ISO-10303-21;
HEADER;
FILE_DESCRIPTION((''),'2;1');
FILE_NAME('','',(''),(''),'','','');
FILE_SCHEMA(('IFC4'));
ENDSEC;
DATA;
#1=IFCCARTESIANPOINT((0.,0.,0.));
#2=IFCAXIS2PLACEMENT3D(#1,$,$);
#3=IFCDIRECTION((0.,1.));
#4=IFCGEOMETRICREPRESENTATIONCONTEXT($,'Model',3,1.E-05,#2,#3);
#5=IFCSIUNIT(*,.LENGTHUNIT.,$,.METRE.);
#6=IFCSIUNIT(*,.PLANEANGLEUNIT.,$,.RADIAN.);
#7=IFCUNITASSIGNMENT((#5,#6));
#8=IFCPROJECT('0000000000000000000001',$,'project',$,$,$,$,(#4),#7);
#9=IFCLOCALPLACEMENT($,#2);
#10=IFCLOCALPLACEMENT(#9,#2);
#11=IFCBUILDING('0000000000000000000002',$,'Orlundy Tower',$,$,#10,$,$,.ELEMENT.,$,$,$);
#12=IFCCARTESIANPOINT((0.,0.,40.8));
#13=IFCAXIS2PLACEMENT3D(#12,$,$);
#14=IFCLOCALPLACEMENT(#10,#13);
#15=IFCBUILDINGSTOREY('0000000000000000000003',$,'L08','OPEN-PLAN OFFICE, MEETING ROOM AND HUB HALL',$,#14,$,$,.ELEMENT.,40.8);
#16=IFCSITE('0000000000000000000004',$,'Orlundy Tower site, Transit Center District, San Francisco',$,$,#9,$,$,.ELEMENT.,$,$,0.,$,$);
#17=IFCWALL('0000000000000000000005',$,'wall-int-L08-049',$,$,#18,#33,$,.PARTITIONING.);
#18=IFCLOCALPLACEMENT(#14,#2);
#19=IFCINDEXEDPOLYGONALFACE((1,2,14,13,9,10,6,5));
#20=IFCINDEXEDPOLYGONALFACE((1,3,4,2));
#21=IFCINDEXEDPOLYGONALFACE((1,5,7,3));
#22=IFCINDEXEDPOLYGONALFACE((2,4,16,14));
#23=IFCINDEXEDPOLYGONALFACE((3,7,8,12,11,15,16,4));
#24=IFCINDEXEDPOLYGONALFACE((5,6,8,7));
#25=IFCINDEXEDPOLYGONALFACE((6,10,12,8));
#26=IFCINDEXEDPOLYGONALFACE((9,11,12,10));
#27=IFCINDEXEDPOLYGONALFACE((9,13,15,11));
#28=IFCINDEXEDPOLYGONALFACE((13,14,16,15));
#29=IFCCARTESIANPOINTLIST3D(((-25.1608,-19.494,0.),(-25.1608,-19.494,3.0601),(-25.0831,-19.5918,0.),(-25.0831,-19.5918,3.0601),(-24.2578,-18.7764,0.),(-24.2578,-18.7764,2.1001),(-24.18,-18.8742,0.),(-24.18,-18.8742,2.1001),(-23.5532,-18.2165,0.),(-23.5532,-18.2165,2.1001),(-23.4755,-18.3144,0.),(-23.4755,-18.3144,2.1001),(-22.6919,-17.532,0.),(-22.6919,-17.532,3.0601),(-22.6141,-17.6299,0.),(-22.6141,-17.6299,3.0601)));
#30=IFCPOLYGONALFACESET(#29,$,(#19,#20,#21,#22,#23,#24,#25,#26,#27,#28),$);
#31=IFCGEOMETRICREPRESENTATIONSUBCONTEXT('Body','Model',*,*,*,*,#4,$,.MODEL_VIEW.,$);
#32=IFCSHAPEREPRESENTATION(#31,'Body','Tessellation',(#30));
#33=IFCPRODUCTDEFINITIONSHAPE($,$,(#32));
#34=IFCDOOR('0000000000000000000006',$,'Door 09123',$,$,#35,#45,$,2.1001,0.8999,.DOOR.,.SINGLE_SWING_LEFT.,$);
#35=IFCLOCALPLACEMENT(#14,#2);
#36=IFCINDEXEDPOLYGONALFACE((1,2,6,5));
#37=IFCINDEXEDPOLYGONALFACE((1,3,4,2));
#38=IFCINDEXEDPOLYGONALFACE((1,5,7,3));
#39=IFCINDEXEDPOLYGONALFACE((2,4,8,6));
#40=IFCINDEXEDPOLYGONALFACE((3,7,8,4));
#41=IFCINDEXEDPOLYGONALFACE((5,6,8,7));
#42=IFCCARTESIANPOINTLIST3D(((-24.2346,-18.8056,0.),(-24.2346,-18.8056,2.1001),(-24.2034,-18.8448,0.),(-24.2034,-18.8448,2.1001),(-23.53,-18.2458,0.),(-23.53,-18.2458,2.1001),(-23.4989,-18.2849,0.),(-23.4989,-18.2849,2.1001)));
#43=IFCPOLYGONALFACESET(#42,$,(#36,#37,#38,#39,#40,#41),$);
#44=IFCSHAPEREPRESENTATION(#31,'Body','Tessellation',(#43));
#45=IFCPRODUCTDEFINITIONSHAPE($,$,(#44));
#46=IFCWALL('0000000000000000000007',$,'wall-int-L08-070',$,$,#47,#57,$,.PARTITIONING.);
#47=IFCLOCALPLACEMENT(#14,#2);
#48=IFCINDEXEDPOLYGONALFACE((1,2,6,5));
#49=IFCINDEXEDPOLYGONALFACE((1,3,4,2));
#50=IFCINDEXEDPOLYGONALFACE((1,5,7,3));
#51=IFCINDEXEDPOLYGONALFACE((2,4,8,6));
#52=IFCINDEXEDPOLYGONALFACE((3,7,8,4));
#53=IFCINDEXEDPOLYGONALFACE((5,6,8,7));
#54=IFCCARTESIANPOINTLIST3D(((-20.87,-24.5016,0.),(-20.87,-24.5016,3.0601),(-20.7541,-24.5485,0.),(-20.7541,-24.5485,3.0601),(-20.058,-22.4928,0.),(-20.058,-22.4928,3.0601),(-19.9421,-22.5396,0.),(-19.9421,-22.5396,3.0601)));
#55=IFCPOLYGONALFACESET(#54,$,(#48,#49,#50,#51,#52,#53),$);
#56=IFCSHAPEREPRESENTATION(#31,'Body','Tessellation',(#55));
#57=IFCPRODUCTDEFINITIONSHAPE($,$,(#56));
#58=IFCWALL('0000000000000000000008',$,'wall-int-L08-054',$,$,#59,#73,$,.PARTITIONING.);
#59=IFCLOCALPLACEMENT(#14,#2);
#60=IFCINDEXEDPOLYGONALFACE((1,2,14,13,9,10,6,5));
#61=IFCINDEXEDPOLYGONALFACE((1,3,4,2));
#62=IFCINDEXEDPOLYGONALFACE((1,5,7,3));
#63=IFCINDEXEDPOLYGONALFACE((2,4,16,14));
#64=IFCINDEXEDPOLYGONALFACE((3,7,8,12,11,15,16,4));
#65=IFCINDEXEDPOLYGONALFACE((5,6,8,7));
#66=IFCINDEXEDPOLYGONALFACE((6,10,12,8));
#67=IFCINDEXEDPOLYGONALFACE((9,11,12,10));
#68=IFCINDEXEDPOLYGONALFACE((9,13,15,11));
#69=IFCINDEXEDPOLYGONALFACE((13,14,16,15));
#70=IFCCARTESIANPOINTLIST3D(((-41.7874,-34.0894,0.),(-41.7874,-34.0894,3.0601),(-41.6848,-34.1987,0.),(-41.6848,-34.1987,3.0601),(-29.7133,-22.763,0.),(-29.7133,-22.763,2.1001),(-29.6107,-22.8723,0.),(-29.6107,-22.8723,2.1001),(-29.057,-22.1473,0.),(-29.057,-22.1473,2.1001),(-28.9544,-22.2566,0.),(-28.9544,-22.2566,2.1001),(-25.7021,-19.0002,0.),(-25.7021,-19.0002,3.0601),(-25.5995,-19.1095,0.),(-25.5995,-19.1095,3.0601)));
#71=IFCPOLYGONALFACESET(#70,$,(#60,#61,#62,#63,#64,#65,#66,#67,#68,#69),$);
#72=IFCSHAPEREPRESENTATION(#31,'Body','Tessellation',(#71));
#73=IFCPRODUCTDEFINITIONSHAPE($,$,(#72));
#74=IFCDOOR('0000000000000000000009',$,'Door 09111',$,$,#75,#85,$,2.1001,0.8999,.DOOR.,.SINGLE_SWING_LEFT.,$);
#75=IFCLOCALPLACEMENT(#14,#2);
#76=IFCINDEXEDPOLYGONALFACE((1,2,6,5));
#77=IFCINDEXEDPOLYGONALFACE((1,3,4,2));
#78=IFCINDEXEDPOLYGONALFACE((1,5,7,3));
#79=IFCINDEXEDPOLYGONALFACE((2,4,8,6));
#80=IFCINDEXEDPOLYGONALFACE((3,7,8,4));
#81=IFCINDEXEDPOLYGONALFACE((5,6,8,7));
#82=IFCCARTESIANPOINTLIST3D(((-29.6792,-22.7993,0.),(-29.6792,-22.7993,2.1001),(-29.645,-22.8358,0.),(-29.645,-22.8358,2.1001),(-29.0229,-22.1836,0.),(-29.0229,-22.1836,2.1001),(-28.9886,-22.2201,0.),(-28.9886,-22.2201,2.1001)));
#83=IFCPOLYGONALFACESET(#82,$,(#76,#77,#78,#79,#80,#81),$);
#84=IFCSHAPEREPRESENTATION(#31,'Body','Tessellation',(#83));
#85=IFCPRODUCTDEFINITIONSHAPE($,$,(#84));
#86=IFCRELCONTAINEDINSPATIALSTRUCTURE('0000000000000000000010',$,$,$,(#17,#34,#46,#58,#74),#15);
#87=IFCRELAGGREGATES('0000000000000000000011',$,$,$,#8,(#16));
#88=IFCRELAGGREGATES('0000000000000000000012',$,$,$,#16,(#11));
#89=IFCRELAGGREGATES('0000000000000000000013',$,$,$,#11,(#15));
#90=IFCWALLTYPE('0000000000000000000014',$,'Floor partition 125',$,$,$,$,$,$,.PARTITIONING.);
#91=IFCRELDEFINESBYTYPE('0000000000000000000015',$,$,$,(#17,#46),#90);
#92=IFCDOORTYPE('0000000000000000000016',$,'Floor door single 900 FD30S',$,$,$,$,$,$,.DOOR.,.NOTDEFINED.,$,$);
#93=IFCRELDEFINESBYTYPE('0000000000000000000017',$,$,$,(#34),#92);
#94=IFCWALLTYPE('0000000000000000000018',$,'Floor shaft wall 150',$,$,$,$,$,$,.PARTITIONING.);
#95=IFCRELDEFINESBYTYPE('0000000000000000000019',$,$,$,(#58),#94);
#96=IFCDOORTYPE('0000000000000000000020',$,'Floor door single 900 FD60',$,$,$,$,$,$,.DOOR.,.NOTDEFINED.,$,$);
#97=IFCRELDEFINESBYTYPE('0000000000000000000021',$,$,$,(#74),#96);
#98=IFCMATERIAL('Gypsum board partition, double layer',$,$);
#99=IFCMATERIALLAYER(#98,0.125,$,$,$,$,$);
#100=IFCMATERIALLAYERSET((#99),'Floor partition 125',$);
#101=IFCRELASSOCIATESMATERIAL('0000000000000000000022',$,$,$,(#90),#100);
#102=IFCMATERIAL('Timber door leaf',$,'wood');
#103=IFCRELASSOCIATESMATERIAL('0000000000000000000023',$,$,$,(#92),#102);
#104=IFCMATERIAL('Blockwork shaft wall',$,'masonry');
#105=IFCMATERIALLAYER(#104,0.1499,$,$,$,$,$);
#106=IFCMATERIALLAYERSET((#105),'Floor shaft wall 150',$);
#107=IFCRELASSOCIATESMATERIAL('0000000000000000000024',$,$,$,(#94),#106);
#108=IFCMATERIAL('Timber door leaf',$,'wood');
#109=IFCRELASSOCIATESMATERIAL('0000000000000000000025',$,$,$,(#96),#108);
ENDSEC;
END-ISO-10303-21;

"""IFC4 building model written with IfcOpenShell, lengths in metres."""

from ifc_helpers import new_model, si_unit, direction, frame, frame_2d, origin, place, context, subcontext, project, spatial, rectangle, extrude, material, layer, layer_set, type_object, element, fill, save


model = new_model("IFC4")

# Units and contexts
model_context = context("Model", 3, precision=1e-05, world=origin(), true_north=direction((0.0, 1.0)))
body_context = subcontext(model_context, "Body", "Model", "MODEL_VIEW")
ifc_project = project(units=[si_unit("LENGTHUNIT", "METRE"), si_unit("PLANEANGLEUNIT", "RADIAN")], contexts=[model_context])

# Site, building, storey
site_placement = place(None, origin())
site = spatial("IfcSite", under=ifc_project, at=site_placement, Name="Orlundy Tower site, Transit Center District, San Francisco", CompositionType="ELEMENT", RefElevation=0.0)
building_placement = place(site_placement, origin())
building = spatial("IfcBuilding", under=site, at=building_placement, Name="Orlundy Tower", CompositionType="ELEMENT")
storey_placement = place(building_placement, frame((0.0, 0.0, 40.8)))
storey = spatial("IfcBuildingStorey", under=building, at=storey_placement, Name="L08", Description="OPEN-PLAN OFFICE, MEETING ROOM AND HUB HALL", CompositionType="ELEMENT", Elevation=40.8)

# Shared definitions
ifc_material_1 = material(Name="Gypsum board partition, double layer")
ifc_layer_1 = layer(ifc_material_1, 0.125)
ifc_layer_set_1 = layer_set([ifc_layer_1], Name="Floor partition 125")
wall_type_1 = type_object("IfcWallType", Name="Floor partition 125", PredefinedType="PARTITIONING", material=ifc_layer_set_1)

# Wall, opening, door
ifc_material_2 = material(Name="Timber door leaf", Category="wood")
door_type_1 = type_object("IfcDoorType", Name="Floor door single 900 FD30S", OperationType="NOTDEFINED", PredefinedType="DOOR", material=ifc_material_2)
wall_1_placement = place(storey_placement, frame((-22.6531, -17.5811, 0.0), z_axis=(0.0, 0.0, 1.0), x_axis=(-0.782919, -0.622124, 0.0)))
wall_1 = element("IfcWall", 1, at=wall_1_placement, inside=storey, type_object=wall_type_1, Name="wall-int-L08-049", PredefinedType="PARTITIONING", context=body_context, shape_type="SweptSolid", body=[
    extrude(rectangle(XDim=3.1536, YDim=0.125, at=frame_2d((1.5767, 0.0))), origin(), (0.0, 0.0, 1.0), 3.0601),
])
opening_1_placement = place(wall_1_placement, frame((1.1001, 0.0, 0.0)))
opening_1 = element("IfcOpeningElement", 2, at=opening_1_placement, cuts=wall_1, PredefinedType="OPENING", context=body_context, shape_type="SweptSolid", body=[
    extrude(rectangle(XDim=0.8999, YDim=2.1001, at=frame_2d((0.45, 1.05))), frame((0.0, 0.0725, 0.0), z_axis=(0.0, -1.0, 0.0), x_axis=(1.0, 0.0, 0.0)), (0.0, 0.0, 1.0), 0.145),
])
door_1_placement = place(opening_1_placement, origin())
door_1 = element("IfcDoor", 3, at=door_1_placement, inside=storey, type_object=door_type_1, Name="Door 09123", OperationType="SINGLE_SWING_LEFT", OverallHeight=2.1001, OverallWidth=0.8999, PredefinedType="DOOR", context=body_context, shape_type="SweptSolid", body=[
    extrude(rectangle(XDim=0.8999, YDim=2.1001, at=frame_2d((0.45, 1.05))), frame((0.0, 0.0249, 0.0), z_axis=(0.0, -1.0, 0.0), x_axis=(1.0, 0.0, 0.0)), (0.0, 0.0, 1.0), 0.05),
])
fill(opening_1, door_1)

# Wall
wall_2_placement = place(storey_placement, frame((-20.0, -22.5161, 0.0), z_axis=(0.0, 0.0, 1.0), x_axis=(-0.374769, -0.927118, 0.0)))
element("IfcWall", 4, at=wall_2_placement, inside=storey, type_object=wall_type_1, Name="wall-int-L08-070", PredefinedType="PARTITIONING", context=body_context, shape_type="SweptSolid", body=[
    extrude(rectangle(XDim=2.1667, YDim=0.125, at=frame_2d((1.0835, 0.0))), origin(), (0.0, 0.0, 1.0), 3.0601),
])

# Wall, opening, door
ifc_material_3 = material(Name="Blockwork shaft wall", Category="masonry")
ifc_layer_2 = layer(ifc_material_3, 0.1499)
ifc_layer_set_2 = layer_set([ifc_layer_2], Name="Floor shaft wall 150")
wall_type_2 = type_object("IfcWallType", Name="Floor shaft wall 150", PredefinedType="PARTITIONING", material=ifc_layer_set_2)
wall_3_placement = place(storey_placement, frame((-25.6509, -19.0549, 0.0), z_axis=(0.0, 0.0, 1.0), x_axis=(-0.729328, -0.684164, 0.0)))
wall_3 = element("IfcWall", 5, at=wall_3_placement, inside=storey, type_object=wall_type_2, Name="wall-int-L08-054", PredefinedType="PARTITIONING", context=body_context, shape_type="SweptSolid", body=[
    extrude(rectangle(XDim=22.0549, YDim=0.1499, at=frame_2d((11.0273, 0.0))), origin(), (0.0, 0.0, 1.0), 3.0601),
])
opening_2_placement = place(wall_3_placement, frame((4.5999, 0.0, 0.0)))
opening_2 = element("IfcOpeningElement", 6, at=opening_2_placement, cuts=wall_3, PredefinedType="OPENING", context=body_context, shape_type="SweptSolid", body=[
    extrude(rectangle(XDim=0.8999, YDim=2.1001, at=frame_2d((0.45, 1.05))), frame((0.0, 0.085, 0.0), z_axis=(0.0, -1.0, 0.0), x_axis=(1.0, 0.0, 0.0)), (0.0, 0.0, 1.0), 0.1699),
])
ifc_material_4 = material(Name="Timber door leaf", Category="wood")
door_type_2 = type_object("IfcDoorType", Name="Floor door single 900 FD60", OperationType="NOTDEFINED", PredefinedType="DOOR", material=ifc_material_4)
door_2_placement = place(opening_2_placement, origin())
door_2 = element("IfcDoor", 7, at=door_2_placement, inside=storey, type_object=door_type_2, Name="Door 09111", OperationType="SINGLE_SWING_LEFT", OverallHeight=2.1001, OverallWidth=0.8999, PredefinedType="DOOR", context=body_context, shape_type="SweptSolid", body=[
    extrude(rectangle(XDim=0.8999, YDim=2.1001, at=frame_2d((0.45, 1.05))), frame((0.0, 0.0249, 0.0), z_axis=(0.0, -1.0, 0.0), x_axis=(1.0, 0.0, 0.0)), (0.0, 0.0, 1.0), 0.05),
])
fill(opening_2, door_2)

save(model, "model.ifc")
